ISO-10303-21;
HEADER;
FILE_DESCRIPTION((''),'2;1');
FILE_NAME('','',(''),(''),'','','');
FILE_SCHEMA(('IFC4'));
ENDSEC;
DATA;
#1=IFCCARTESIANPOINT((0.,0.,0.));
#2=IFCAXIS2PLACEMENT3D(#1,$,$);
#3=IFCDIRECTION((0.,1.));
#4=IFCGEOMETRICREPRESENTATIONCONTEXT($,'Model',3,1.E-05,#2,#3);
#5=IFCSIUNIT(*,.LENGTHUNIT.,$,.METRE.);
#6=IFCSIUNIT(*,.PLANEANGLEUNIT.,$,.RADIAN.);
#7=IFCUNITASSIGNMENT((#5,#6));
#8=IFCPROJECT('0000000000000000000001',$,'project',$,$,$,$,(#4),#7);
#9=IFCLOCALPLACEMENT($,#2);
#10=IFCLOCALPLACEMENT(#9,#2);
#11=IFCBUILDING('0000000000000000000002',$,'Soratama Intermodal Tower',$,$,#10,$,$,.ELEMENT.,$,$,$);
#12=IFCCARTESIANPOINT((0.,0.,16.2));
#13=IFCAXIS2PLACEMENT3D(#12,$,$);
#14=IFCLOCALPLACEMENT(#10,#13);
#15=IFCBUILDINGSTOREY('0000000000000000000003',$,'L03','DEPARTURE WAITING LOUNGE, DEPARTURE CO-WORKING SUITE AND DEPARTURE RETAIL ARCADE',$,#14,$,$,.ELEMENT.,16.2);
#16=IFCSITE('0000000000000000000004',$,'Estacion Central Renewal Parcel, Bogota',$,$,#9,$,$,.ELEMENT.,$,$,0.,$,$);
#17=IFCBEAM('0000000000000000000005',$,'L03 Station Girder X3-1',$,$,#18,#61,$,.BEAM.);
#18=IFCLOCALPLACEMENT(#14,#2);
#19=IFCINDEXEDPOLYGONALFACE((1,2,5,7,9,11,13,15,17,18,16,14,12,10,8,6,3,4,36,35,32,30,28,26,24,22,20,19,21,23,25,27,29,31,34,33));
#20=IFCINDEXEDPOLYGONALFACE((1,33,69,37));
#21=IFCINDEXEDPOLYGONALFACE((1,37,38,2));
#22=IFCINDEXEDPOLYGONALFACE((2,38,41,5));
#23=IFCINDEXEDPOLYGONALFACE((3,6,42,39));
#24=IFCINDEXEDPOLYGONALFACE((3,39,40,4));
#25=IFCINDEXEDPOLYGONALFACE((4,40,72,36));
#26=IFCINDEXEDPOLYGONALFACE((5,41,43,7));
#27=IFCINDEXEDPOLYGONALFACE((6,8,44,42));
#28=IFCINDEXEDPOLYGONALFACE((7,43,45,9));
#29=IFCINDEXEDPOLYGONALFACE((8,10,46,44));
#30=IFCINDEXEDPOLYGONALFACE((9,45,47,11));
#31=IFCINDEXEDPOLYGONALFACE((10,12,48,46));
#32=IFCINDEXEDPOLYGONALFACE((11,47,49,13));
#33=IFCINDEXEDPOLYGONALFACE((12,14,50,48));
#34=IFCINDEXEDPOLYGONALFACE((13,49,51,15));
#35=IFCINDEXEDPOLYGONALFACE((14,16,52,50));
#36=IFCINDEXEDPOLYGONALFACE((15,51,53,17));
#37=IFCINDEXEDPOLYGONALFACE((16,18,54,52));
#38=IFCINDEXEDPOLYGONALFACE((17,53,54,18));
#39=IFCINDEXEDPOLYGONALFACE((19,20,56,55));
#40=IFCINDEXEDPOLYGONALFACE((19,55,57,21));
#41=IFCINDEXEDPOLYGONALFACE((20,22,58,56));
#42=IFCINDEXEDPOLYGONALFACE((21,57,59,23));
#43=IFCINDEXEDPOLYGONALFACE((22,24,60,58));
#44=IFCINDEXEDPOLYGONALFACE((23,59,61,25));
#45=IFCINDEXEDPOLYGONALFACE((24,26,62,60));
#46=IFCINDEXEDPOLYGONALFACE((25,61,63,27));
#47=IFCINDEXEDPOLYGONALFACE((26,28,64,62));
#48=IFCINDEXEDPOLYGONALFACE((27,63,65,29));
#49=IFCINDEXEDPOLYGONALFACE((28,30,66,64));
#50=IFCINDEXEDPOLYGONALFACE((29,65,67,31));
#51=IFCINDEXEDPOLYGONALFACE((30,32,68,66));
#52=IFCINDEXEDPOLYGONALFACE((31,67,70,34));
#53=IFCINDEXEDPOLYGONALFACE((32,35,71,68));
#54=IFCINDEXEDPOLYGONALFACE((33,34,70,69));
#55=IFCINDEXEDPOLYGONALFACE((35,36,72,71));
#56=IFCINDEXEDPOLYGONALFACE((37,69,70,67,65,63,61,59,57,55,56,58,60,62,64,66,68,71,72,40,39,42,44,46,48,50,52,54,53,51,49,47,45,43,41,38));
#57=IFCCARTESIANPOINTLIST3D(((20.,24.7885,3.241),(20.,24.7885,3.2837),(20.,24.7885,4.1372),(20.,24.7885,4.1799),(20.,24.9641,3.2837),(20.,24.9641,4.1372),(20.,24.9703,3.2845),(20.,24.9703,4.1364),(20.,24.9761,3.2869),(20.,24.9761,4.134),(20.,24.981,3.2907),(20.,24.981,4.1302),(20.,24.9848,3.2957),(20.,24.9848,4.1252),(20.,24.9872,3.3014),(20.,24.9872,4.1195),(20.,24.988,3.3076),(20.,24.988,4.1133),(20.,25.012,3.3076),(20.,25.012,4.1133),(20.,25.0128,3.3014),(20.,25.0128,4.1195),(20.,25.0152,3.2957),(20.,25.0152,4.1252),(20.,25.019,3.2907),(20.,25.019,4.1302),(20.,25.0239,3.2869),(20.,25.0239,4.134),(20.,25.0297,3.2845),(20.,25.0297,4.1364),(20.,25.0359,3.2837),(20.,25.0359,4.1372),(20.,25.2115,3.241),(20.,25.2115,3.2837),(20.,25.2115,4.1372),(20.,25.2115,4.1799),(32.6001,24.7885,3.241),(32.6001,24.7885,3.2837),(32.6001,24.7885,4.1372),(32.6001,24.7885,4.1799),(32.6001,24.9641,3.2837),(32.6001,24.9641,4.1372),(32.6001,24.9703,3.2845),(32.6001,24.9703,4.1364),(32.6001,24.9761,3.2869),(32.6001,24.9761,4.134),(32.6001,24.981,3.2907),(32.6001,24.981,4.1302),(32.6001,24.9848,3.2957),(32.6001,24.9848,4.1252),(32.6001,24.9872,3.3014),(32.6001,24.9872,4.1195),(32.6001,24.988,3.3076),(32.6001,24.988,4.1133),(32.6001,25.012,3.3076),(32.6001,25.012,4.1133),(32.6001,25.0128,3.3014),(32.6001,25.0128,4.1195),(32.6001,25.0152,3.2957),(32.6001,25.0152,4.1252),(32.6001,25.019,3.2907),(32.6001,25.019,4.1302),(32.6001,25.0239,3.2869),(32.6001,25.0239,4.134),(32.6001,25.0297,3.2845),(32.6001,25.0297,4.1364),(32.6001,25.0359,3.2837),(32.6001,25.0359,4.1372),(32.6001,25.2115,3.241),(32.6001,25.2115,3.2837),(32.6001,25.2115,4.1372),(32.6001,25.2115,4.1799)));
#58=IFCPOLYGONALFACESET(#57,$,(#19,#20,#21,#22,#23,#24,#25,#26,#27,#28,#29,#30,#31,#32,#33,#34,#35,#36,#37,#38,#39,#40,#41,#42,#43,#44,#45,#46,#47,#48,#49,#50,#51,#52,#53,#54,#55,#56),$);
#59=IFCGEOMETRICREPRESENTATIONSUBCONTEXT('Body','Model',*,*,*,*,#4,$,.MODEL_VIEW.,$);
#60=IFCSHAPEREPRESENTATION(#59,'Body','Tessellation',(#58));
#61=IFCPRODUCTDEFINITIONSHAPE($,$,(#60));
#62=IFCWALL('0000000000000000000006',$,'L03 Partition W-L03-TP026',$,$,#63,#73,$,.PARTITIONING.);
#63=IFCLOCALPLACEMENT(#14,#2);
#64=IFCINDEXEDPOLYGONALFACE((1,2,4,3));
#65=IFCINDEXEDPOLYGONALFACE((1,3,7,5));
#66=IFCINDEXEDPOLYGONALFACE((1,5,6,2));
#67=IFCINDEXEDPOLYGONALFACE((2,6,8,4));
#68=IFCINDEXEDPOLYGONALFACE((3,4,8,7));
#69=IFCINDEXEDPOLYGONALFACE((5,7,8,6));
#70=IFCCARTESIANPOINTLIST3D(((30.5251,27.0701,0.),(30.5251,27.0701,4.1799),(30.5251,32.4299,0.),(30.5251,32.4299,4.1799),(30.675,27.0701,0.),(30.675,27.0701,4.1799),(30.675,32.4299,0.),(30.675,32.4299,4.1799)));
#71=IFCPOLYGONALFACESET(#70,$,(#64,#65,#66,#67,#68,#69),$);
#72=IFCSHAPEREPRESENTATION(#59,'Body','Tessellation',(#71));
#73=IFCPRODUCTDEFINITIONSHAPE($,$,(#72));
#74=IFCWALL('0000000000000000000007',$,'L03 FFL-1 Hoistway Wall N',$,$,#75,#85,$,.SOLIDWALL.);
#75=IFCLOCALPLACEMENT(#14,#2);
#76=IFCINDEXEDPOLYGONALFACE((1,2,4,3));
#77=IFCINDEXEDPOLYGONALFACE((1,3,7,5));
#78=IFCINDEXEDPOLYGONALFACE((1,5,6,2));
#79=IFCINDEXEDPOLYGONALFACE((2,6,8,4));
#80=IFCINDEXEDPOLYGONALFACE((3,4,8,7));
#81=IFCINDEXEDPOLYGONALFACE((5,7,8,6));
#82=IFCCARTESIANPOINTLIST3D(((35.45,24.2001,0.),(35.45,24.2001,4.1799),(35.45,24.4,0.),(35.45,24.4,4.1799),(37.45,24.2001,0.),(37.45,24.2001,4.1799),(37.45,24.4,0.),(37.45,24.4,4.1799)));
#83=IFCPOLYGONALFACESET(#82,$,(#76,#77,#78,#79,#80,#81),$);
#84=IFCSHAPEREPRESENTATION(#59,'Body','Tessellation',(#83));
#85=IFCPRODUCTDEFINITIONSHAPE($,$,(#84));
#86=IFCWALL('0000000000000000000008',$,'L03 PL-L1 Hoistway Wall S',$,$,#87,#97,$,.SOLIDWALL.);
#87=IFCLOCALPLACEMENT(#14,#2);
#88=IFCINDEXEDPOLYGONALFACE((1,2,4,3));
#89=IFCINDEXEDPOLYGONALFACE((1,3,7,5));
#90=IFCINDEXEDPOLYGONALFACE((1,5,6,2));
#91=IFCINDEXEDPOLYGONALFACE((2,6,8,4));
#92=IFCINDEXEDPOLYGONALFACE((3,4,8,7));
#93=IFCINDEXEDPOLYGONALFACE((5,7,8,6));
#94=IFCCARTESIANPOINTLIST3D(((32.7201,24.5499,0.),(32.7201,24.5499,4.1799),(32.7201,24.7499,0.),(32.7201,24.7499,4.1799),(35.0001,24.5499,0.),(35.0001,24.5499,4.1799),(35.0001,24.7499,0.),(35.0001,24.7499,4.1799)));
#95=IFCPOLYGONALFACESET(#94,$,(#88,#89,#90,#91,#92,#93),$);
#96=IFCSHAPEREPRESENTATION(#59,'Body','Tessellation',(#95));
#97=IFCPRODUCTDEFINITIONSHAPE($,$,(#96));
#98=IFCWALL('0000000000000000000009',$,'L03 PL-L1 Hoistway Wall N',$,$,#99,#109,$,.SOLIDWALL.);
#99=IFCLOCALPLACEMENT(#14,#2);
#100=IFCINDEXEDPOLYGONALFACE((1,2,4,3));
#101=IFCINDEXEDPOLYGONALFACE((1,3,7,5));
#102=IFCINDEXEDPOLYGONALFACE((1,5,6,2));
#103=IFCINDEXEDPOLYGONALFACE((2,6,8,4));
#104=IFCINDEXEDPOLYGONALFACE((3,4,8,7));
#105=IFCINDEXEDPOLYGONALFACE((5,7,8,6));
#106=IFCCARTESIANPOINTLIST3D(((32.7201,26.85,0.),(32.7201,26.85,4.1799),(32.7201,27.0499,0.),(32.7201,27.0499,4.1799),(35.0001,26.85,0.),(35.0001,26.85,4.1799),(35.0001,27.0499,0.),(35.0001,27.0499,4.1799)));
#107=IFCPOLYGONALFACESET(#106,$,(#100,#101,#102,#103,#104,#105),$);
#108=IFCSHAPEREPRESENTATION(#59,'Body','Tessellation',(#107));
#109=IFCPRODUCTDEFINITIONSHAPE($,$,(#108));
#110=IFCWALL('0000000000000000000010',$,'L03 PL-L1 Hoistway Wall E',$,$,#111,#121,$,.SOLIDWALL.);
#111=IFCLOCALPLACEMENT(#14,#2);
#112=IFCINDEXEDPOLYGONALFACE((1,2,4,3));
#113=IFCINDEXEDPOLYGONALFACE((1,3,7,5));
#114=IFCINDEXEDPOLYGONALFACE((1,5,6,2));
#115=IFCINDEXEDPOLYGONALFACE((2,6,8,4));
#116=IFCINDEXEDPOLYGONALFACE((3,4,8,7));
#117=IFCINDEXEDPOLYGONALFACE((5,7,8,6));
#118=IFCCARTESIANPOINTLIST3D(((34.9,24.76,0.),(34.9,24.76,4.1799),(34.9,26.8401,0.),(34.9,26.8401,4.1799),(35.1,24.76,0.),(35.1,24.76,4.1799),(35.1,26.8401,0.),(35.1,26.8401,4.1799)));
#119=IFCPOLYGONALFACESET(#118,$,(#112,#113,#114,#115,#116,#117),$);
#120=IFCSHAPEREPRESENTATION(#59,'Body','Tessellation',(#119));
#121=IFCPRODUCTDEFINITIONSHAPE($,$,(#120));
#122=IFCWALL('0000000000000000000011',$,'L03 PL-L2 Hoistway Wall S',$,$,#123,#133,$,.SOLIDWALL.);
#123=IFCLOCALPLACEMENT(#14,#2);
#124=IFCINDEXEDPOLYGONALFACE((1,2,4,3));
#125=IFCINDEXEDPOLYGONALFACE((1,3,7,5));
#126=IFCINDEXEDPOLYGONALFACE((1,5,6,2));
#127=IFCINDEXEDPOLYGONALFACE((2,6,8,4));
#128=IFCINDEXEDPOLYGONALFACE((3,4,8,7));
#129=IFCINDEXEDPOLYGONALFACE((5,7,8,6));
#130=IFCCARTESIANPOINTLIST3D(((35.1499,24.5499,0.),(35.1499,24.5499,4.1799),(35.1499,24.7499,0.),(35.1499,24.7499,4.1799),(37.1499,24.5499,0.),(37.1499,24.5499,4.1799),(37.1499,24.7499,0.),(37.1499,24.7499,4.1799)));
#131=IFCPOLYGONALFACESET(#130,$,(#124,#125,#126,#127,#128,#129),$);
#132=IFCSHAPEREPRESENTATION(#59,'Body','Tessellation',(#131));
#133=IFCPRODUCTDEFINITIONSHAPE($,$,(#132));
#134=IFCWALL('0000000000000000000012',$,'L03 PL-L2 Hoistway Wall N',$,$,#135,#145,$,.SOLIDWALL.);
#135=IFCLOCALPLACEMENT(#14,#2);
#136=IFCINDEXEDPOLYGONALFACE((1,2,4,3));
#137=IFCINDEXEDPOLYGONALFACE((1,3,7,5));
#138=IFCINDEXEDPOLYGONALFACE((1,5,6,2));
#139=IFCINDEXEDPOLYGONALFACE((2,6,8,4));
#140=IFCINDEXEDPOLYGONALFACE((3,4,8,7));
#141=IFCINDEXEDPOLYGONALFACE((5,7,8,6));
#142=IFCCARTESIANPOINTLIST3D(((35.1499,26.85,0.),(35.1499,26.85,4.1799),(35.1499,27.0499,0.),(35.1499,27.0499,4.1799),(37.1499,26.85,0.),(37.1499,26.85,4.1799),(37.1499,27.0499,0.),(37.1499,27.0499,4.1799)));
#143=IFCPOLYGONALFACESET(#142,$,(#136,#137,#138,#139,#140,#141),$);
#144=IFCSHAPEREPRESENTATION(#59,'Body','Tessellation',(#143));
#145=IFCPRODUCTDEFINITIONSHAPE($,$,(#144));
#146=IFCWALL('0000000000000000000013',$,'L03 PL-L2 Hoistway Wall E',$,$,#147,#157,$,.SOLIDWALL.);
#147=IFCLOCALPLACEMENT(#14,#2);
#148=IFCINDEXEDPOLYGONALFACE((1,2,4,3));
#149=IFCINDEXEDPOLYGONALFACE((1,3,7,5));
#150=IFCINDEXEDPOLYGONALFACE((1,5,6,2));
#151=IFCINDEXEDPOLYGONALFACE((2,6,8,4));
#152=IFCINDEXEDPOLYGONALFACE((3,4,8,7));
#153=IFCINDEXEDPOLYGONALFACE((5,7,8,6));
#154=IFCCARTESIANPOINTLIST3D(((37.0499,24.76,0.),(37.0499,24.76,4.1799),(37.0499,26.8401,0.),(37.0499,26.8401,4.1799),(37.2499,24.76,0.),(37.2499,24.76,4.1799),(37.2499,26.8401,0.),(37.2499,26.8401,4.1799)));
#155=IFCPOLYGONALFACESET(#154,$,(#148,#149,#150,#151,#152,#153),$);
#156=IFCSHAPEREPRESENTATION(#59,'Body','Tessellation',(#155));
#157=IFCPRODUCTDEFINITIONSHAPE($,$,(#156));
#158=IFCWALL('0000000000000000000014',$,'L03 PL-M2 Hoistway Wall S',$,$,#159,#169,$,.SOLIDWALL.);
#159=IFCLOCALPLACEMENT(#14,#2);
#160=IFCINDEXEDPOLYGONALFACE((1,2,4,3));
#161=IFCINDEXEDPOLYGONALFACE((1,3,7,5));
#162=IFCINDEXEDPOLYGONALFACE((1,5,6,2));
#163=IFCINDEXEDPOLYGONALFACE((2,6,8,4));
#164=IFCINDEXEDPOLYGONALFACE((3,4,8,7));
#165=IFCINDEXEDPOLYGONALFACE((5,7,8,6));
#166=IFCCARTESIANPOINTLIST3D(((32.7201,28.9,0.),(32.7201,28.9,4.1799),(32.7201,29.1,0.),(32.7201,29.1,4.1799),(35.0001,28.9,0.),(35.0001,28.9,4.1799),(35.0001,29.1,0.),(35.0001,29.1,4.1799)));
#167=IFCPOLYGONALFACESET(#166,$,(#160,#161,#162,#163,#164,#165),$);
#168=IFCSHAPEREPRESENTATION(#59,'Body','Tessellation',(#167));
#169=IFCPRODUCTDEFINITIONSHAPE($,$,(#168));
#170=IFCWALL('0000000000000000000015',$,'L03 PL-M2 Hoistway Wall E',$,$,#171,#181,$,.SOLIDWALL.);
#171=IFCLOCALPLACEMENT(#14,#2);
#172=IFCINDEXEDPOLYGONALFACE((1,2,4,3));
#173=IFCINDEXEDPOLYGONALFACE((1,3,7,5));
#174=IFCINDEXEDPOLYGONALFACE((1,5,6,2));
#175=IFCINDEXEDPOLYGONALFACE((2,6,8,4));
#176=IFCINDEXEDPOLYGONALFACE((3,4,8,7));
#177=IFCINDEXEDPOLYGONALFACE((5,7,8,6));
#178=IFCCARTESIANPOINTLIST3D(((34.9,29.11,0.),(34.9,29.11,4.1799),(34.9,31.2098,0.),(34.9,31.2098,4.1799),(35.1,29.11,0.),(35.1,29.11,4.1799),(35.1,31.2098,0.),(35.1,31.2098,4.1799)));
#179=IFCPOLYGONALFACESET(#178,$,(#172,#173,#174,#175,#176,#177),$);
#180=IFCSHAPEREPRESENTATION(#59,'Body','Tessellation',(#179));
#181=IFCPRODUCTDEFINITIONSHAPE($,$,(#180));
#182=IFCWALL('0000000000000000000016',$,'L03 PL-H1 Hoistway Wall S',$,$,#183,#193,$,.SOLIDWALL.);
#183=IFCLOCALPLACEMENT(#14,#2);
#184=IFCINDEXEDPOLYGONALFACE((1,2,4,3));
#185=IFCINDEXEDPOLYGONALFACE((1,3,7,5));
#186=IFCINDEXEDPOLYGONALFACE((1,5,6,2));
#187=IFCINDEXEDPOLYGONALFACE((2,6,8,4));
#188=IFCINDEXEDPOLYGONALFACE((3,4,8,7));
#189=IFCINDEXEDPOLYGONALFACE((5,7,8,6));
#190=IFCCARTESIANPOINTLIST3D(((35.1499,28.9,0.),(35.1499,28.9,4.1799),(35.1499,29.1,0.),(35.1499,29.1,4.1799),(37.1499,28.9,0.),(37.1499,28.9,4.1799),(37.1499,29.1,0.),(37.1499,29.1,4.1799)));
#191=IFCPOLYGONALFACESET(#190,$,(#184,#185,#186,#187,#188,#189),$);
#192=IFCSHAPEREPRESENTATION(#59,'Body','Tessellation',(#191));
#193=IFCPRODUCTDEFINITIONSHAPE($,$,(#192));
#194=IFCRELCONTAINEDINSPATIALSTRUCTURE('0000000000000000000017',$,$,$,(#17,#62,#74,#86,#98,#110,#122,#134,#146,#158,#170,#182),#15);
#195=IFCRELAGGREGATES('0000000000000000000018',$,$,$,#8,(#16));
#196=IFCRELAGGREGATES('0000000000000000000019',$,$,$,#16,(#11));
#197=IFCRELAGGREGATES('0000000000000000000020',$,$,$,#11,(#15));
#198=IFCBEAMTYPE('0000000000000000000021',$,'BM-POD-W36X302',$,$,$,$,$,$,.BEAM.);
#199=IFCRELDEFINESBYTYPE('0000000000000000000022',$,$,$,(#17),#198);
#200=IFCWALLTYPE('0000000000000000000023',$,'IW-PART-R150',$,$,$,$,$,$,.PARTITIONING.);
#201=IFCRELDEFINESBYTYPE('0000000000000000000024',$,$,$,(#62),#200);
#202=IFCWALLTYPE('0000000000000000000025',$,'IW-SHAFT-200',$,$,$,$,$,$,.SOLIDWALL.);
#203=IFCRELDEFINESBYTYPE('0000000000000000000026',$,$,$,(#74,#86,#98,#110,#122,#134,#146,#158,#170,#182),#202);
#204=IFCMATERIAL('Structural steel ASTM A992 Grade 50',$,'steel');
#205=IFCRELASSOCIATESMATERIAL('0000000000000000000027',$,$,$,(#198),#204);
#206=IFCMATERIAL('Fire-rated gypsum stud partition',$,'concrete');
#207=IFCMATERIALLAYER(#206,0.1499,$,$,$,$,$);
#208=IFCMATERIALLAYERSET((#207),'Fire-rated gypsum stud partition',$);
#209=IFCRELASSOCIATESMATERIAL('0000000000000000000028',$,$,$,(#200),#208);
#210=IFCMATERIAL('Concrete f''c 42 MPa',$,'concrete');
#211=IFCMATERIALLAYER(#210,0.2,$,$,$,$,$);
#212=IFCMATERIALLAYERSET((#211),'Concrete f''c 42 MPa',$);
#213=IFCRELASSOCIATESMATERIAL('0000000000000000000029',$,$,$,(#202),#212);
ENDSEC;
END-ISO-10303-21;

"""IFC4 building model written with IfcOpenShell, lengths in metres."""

from ifc_helpers import new_model, si_unit, direction, frame, frame_2d, origin, origin_2d, place, context, subcontext, project, spatial, rectangle, i_section, extrude, material, layer, layer_set, material_profile, profile_set, type_object, element, save


model = new_model("IFC4")

# Units and contexts
model_context = context("Model", 3, precision=1e-05, world=origin(), true_north=direction((0.0, 1.0)))
body_context = subcontext(model_context, "Body", "Model", "MODEL_VIEW")
ifc_project = project(units=[si_unit("LENGTHUNIT", "METRE"), si_unit("PLANEANGLEUNIT", "RADIAN")], contexts=[model_context])

# Site, building, storey
site_placement = place(None, origin())
site = spatial("IfcSite", under=ifc_project, at=site_placement, Name="Estacion Central Renewal Parcel, Bogota", CompositionType="ELEMENT", RefElevation=0.0)
building_placement = place(site_placement, origin())
building = spatial("IfcBuilding", under=site, at=building_placement, Name="Soratama Intermodal Tower", CompositionType="ELEMENT")
storey_placement = place(building_placement, frame((0.0, 0.0, 16.2)))
storey = spatial("IfcBuildingStorey", under=building, at=storey_placement, Name="L03", Description="DEPARTURE WAITING LOUNGE, DEPARTURE CO-WORKING SUITE AND DEPARTURE RETAIL ARCADE", CompositionType="ELEMENT", Elevation=16.2)

# Beam
ifc_material_1 = material(Name="Structural steel ASTM A992 Grade 50", Category="steel")
ifc_material_profile_1 = material_profile(ifc_material_1, i_section(OverallWidth=0.4231, OverallDepth=0.939, WebThickness=0.0239, FlangeThickness=0.0427, FilletRadius=0.0239, at=origin_2d()), Name="W36X302")
ifc_profile_set_1 = profile_set([ifc_material_profile_1], Name="Structural steel ASTM A992 Grade 50")
beam_type_1 = type_object("IfcBeamType", Name="BM-POD-W36X302", PredefinedType="BEAM", material=ifc_profile_set_1)
beam_1_placement = place(storey_placement, frame((20.0, 25.0, 3.7104), z_axis=(1.0, 0.0, 0.0), x_axis=(0.0, 1.0, 0.0)))
element("IfcBeam", 1, at=beam_1_placement, inside=storey, type_object=beam_type_1, Name="L03 Station Girder X3-1", PredefinedType="BEAM", context=body_context, shape_type="SweptSolid", body=[
    extrude(i_section(OverallWidth=0.4231, OverallDepth=0.939, WebThickness=0.0239, FlangeThickness=0.0427, FilletRadius=0.0239, at=origin_2d()), origin(), (0.0, 0.0, 1.0), 12.6001),
])

# Walls
ifc_material_2 = material(Name="Fire-rated gypsum stud partition", Category="concrete")
ifc_layer_1 = layer(ifc_material_2, 0.1499)
ifc_layer_set_1 = layer_set([ifc_layer_1], Name="Fire-rated gypsum stud partition")
wall_type_1 = type_object("IfcWallType", Name="IW-PART-R150", PredefinedType="PARTITIONING", material=ifc_layer_set_1)
wall_1_placement = place(storey_placement, frame((30.6001, 27.0701, 0.0), z_axis=(0.0, 0.0, 1.0), x_axis=(0.0, 1.0, 0.0)))
element("IfcWall", 2, at=wall_1_placement, inside=storey, type_object=wall_type_1, Name="L03 Partition W-L03-TP026", PredefinedType="PARTITIONING", context=body_context, shape_type="SweptSolid", body=[
    extrude(rectangle(XDim=5.3599, YDim=0.1499, at=frame_2d((2.6799, 0.0))), origin(), (0.0, 0.0, 1.0), 4.1799),
])
ifc_material_3 = material(Name="Concrete f'c 42 MPa", Category="concrete")
ifc_layer_2 = layer(ifc_material_3, 0.2)
ifc_layer_set_2 = layer_set([ifc_layer_2], Name="Concrete f'c 42 MPa")
wall_type_2 = type_object("IfcWallType", Name="IW-SHAFT-200", PredefinedType="SOLIDWALL", material=ifc_layer_set_2)
wall_2_placement = place(storey_placement, frame((35.45, 24.3, 0.0), z_axis=(0.0, 0.0, 1.0), x_axis=(1.0, 0.0, 0.0)))
element("IfcWall", 3, at=wall_2_placement, inside=storey, type_object=wall_type_2, Name="L03 FFL-1 Hoistway Wall N", PredefinedType="SOLIDWALL", context=body_context, shape_type="SweptSolid", body=[
    extrude(rectangle(XDim=2.0, YDim=0.2, at=frame_2d((1.0, 0.0))), origin(), (0.0, 0.0, 1.0), 4.1799),
])
for number, where, z_axis, x_axis, name in (
    (4, (32.72, 24.6499, 0.0), (0.0, 0.0, 1.0), (1.0, 0.0, 0.0), "L03 PL-L1 Hoistway Wall S"),
    (5, (32.72, 26.95, 0.0), (0.0, 0.0, 1.0), (1.0, 0.0, 0.0), "L03 PL-L1 Hoistway Wall N"),
):
    element("IfcWall", number, at=place(storey_placement, frame(where, z_axis=z_axis, x_axis=x_axis)), inside=storey, type_object=wall_type_2, Name=name, PredefinedType="SOLIDWALL", context=body_context, shape_type="SweptSolid", body=[
        extrude(rectangle(XDim=2.28, YDim=0.2, at=frame_2d((1.1401, 0.0))), origin(), (0.0, 0.0, 1.0), 4.1799),
    ])
wall_3_placement = place(storey_placement, frame((35.0, 24.76, 0.0), z_axis=(0.0, 0.0, 1.0), x_axis=(0.0, 1.0, 0.0)))
element("IfcWall", 6, at=wall_3_placement, inside=storey, type_object=wall_type_2, Name="L03 PL-L1 Hoistway Wall E", PredefinedType="SOLIDWALL", context=body_context, shape_type="SweptSolid", body=[
    extrude(rectangle(XDim=2.0801, YDim=0.2, at=frame_2d((1.04, 0.0))), origin(), (0.0, 0.0, 1.0), 4.1799),
])
for number, where, z_axis, x_axis, name in (
    (7, (35.1499, 24.6499, 0.0), (0.0, 0.0, 1.0), (1.0, 0.0, 0.0), "L03 PL-L2 Hoistway Wall S"),
    (8, (35.1499, 26.95, 0.0), (0.0, 0.0, 1.0), (1.0, 0.0, 0.0), "L03 PL-L2 Hoistway Wall N"),
):
    element("IfcWall", number, at=place(storey_placement, frame(where, z_axis=z_axis, x_axis=x_axis)), inside=storey, type_object=wall_type_2, Name=name, PredefinedType="SOLIDWALL", context=body_context, shape_type="SweptSolid", body=[
        extrude(rectangle(XDim=2.0, YDim=0.2, at=frame_2d((1.0, 0.0))), origin(), (0.0, 0.0, 1.0), 4.1799),
    ])
wall_4_placement = place(storey_placement, frame((37.1499, 24.76, 0.0), z_axis=(0.0, 0.0, 1.0), x_axis=(0.0, 1.0, 0.0)))
element("IfcWall", 9, at=wall_4_placement, inside=storey, type_object=wall_type_2, Name="L03 PL-L2 Hoistway Wall E", PredefinedType="SOLIDWALL", context=body_context, shape_type="SweptSolid", body=[
    extrude(rectangle(XDim=2.0801, YDim=0.2, at=frame_2d((1.04, 0.0))), origin(), (0.0, 0.0, 1.0), 4.1799),
])
wall_5_placement = place(storey_placement, frame((32.72, 29.0, 0.0), z_axis=(0.0, 0.0, 1.0), x_axis=(1.0, 0.0, 0.0)))
element("IfcWall", 10, at=wall_5_placement, inside=storey, type_object=wall_type_2, Name="L03 PL-M2 Hoistway Wall S", PredefinedType="SOLIDWALL", context=body_context, shape_type="SweptSolid", body=[
    extrude(rectangle(XDim=2.28, YDim=0.2, at=frame_2d((1.1401, 0.0))), origin(), (0.0, 0.0, 1.0), 4.1799),
])
wall_6_placement = place(storey_placement, frame((35.0, 29.1101, 0.0), z_axis=(0.0, 0.0, 1.0), x_axis=(0.0, 1.0, 0.0)))
element("IfcWall", 11, at=wall_6_placement, inside=storey, type_object=wall_type_2, Name="L03 PL-M2 Hoistway Wall E", PredefinedType="SOLIDWALL", context=body_context, shape_type="SweptSolid", body=[
    extrude(rectangle(XDim=2.0999, YDim=0.2, at=frame_2d((1.0498, 0.0))), origin(), (0.0, 0.0, 1.0), 4.1799),
])
wall_7_placement = place(storey_placement, frame((35.1499, 29.0, 0.0), z_axis=(0.0, 0.0, 1.0), x_axis=(1.0, 0.0, 0.0)))
element("IfcWall", 12, at=wall_7_placement, inside=storey, type_object=wall_type_2, Name="L03 PL-H1 Hoistway Wall S", PredefinedType="SOLIDWALL", context=body_context, shape_type="SweptSolid", body=[
    extrude(rectangle(XDim=2.0, YDim=0.2, at=frame_2d((1.0, 0.0))), origin(), (0.0, 0.0, 1.0), 4.1799),
])

save(model, "model.ifc")
